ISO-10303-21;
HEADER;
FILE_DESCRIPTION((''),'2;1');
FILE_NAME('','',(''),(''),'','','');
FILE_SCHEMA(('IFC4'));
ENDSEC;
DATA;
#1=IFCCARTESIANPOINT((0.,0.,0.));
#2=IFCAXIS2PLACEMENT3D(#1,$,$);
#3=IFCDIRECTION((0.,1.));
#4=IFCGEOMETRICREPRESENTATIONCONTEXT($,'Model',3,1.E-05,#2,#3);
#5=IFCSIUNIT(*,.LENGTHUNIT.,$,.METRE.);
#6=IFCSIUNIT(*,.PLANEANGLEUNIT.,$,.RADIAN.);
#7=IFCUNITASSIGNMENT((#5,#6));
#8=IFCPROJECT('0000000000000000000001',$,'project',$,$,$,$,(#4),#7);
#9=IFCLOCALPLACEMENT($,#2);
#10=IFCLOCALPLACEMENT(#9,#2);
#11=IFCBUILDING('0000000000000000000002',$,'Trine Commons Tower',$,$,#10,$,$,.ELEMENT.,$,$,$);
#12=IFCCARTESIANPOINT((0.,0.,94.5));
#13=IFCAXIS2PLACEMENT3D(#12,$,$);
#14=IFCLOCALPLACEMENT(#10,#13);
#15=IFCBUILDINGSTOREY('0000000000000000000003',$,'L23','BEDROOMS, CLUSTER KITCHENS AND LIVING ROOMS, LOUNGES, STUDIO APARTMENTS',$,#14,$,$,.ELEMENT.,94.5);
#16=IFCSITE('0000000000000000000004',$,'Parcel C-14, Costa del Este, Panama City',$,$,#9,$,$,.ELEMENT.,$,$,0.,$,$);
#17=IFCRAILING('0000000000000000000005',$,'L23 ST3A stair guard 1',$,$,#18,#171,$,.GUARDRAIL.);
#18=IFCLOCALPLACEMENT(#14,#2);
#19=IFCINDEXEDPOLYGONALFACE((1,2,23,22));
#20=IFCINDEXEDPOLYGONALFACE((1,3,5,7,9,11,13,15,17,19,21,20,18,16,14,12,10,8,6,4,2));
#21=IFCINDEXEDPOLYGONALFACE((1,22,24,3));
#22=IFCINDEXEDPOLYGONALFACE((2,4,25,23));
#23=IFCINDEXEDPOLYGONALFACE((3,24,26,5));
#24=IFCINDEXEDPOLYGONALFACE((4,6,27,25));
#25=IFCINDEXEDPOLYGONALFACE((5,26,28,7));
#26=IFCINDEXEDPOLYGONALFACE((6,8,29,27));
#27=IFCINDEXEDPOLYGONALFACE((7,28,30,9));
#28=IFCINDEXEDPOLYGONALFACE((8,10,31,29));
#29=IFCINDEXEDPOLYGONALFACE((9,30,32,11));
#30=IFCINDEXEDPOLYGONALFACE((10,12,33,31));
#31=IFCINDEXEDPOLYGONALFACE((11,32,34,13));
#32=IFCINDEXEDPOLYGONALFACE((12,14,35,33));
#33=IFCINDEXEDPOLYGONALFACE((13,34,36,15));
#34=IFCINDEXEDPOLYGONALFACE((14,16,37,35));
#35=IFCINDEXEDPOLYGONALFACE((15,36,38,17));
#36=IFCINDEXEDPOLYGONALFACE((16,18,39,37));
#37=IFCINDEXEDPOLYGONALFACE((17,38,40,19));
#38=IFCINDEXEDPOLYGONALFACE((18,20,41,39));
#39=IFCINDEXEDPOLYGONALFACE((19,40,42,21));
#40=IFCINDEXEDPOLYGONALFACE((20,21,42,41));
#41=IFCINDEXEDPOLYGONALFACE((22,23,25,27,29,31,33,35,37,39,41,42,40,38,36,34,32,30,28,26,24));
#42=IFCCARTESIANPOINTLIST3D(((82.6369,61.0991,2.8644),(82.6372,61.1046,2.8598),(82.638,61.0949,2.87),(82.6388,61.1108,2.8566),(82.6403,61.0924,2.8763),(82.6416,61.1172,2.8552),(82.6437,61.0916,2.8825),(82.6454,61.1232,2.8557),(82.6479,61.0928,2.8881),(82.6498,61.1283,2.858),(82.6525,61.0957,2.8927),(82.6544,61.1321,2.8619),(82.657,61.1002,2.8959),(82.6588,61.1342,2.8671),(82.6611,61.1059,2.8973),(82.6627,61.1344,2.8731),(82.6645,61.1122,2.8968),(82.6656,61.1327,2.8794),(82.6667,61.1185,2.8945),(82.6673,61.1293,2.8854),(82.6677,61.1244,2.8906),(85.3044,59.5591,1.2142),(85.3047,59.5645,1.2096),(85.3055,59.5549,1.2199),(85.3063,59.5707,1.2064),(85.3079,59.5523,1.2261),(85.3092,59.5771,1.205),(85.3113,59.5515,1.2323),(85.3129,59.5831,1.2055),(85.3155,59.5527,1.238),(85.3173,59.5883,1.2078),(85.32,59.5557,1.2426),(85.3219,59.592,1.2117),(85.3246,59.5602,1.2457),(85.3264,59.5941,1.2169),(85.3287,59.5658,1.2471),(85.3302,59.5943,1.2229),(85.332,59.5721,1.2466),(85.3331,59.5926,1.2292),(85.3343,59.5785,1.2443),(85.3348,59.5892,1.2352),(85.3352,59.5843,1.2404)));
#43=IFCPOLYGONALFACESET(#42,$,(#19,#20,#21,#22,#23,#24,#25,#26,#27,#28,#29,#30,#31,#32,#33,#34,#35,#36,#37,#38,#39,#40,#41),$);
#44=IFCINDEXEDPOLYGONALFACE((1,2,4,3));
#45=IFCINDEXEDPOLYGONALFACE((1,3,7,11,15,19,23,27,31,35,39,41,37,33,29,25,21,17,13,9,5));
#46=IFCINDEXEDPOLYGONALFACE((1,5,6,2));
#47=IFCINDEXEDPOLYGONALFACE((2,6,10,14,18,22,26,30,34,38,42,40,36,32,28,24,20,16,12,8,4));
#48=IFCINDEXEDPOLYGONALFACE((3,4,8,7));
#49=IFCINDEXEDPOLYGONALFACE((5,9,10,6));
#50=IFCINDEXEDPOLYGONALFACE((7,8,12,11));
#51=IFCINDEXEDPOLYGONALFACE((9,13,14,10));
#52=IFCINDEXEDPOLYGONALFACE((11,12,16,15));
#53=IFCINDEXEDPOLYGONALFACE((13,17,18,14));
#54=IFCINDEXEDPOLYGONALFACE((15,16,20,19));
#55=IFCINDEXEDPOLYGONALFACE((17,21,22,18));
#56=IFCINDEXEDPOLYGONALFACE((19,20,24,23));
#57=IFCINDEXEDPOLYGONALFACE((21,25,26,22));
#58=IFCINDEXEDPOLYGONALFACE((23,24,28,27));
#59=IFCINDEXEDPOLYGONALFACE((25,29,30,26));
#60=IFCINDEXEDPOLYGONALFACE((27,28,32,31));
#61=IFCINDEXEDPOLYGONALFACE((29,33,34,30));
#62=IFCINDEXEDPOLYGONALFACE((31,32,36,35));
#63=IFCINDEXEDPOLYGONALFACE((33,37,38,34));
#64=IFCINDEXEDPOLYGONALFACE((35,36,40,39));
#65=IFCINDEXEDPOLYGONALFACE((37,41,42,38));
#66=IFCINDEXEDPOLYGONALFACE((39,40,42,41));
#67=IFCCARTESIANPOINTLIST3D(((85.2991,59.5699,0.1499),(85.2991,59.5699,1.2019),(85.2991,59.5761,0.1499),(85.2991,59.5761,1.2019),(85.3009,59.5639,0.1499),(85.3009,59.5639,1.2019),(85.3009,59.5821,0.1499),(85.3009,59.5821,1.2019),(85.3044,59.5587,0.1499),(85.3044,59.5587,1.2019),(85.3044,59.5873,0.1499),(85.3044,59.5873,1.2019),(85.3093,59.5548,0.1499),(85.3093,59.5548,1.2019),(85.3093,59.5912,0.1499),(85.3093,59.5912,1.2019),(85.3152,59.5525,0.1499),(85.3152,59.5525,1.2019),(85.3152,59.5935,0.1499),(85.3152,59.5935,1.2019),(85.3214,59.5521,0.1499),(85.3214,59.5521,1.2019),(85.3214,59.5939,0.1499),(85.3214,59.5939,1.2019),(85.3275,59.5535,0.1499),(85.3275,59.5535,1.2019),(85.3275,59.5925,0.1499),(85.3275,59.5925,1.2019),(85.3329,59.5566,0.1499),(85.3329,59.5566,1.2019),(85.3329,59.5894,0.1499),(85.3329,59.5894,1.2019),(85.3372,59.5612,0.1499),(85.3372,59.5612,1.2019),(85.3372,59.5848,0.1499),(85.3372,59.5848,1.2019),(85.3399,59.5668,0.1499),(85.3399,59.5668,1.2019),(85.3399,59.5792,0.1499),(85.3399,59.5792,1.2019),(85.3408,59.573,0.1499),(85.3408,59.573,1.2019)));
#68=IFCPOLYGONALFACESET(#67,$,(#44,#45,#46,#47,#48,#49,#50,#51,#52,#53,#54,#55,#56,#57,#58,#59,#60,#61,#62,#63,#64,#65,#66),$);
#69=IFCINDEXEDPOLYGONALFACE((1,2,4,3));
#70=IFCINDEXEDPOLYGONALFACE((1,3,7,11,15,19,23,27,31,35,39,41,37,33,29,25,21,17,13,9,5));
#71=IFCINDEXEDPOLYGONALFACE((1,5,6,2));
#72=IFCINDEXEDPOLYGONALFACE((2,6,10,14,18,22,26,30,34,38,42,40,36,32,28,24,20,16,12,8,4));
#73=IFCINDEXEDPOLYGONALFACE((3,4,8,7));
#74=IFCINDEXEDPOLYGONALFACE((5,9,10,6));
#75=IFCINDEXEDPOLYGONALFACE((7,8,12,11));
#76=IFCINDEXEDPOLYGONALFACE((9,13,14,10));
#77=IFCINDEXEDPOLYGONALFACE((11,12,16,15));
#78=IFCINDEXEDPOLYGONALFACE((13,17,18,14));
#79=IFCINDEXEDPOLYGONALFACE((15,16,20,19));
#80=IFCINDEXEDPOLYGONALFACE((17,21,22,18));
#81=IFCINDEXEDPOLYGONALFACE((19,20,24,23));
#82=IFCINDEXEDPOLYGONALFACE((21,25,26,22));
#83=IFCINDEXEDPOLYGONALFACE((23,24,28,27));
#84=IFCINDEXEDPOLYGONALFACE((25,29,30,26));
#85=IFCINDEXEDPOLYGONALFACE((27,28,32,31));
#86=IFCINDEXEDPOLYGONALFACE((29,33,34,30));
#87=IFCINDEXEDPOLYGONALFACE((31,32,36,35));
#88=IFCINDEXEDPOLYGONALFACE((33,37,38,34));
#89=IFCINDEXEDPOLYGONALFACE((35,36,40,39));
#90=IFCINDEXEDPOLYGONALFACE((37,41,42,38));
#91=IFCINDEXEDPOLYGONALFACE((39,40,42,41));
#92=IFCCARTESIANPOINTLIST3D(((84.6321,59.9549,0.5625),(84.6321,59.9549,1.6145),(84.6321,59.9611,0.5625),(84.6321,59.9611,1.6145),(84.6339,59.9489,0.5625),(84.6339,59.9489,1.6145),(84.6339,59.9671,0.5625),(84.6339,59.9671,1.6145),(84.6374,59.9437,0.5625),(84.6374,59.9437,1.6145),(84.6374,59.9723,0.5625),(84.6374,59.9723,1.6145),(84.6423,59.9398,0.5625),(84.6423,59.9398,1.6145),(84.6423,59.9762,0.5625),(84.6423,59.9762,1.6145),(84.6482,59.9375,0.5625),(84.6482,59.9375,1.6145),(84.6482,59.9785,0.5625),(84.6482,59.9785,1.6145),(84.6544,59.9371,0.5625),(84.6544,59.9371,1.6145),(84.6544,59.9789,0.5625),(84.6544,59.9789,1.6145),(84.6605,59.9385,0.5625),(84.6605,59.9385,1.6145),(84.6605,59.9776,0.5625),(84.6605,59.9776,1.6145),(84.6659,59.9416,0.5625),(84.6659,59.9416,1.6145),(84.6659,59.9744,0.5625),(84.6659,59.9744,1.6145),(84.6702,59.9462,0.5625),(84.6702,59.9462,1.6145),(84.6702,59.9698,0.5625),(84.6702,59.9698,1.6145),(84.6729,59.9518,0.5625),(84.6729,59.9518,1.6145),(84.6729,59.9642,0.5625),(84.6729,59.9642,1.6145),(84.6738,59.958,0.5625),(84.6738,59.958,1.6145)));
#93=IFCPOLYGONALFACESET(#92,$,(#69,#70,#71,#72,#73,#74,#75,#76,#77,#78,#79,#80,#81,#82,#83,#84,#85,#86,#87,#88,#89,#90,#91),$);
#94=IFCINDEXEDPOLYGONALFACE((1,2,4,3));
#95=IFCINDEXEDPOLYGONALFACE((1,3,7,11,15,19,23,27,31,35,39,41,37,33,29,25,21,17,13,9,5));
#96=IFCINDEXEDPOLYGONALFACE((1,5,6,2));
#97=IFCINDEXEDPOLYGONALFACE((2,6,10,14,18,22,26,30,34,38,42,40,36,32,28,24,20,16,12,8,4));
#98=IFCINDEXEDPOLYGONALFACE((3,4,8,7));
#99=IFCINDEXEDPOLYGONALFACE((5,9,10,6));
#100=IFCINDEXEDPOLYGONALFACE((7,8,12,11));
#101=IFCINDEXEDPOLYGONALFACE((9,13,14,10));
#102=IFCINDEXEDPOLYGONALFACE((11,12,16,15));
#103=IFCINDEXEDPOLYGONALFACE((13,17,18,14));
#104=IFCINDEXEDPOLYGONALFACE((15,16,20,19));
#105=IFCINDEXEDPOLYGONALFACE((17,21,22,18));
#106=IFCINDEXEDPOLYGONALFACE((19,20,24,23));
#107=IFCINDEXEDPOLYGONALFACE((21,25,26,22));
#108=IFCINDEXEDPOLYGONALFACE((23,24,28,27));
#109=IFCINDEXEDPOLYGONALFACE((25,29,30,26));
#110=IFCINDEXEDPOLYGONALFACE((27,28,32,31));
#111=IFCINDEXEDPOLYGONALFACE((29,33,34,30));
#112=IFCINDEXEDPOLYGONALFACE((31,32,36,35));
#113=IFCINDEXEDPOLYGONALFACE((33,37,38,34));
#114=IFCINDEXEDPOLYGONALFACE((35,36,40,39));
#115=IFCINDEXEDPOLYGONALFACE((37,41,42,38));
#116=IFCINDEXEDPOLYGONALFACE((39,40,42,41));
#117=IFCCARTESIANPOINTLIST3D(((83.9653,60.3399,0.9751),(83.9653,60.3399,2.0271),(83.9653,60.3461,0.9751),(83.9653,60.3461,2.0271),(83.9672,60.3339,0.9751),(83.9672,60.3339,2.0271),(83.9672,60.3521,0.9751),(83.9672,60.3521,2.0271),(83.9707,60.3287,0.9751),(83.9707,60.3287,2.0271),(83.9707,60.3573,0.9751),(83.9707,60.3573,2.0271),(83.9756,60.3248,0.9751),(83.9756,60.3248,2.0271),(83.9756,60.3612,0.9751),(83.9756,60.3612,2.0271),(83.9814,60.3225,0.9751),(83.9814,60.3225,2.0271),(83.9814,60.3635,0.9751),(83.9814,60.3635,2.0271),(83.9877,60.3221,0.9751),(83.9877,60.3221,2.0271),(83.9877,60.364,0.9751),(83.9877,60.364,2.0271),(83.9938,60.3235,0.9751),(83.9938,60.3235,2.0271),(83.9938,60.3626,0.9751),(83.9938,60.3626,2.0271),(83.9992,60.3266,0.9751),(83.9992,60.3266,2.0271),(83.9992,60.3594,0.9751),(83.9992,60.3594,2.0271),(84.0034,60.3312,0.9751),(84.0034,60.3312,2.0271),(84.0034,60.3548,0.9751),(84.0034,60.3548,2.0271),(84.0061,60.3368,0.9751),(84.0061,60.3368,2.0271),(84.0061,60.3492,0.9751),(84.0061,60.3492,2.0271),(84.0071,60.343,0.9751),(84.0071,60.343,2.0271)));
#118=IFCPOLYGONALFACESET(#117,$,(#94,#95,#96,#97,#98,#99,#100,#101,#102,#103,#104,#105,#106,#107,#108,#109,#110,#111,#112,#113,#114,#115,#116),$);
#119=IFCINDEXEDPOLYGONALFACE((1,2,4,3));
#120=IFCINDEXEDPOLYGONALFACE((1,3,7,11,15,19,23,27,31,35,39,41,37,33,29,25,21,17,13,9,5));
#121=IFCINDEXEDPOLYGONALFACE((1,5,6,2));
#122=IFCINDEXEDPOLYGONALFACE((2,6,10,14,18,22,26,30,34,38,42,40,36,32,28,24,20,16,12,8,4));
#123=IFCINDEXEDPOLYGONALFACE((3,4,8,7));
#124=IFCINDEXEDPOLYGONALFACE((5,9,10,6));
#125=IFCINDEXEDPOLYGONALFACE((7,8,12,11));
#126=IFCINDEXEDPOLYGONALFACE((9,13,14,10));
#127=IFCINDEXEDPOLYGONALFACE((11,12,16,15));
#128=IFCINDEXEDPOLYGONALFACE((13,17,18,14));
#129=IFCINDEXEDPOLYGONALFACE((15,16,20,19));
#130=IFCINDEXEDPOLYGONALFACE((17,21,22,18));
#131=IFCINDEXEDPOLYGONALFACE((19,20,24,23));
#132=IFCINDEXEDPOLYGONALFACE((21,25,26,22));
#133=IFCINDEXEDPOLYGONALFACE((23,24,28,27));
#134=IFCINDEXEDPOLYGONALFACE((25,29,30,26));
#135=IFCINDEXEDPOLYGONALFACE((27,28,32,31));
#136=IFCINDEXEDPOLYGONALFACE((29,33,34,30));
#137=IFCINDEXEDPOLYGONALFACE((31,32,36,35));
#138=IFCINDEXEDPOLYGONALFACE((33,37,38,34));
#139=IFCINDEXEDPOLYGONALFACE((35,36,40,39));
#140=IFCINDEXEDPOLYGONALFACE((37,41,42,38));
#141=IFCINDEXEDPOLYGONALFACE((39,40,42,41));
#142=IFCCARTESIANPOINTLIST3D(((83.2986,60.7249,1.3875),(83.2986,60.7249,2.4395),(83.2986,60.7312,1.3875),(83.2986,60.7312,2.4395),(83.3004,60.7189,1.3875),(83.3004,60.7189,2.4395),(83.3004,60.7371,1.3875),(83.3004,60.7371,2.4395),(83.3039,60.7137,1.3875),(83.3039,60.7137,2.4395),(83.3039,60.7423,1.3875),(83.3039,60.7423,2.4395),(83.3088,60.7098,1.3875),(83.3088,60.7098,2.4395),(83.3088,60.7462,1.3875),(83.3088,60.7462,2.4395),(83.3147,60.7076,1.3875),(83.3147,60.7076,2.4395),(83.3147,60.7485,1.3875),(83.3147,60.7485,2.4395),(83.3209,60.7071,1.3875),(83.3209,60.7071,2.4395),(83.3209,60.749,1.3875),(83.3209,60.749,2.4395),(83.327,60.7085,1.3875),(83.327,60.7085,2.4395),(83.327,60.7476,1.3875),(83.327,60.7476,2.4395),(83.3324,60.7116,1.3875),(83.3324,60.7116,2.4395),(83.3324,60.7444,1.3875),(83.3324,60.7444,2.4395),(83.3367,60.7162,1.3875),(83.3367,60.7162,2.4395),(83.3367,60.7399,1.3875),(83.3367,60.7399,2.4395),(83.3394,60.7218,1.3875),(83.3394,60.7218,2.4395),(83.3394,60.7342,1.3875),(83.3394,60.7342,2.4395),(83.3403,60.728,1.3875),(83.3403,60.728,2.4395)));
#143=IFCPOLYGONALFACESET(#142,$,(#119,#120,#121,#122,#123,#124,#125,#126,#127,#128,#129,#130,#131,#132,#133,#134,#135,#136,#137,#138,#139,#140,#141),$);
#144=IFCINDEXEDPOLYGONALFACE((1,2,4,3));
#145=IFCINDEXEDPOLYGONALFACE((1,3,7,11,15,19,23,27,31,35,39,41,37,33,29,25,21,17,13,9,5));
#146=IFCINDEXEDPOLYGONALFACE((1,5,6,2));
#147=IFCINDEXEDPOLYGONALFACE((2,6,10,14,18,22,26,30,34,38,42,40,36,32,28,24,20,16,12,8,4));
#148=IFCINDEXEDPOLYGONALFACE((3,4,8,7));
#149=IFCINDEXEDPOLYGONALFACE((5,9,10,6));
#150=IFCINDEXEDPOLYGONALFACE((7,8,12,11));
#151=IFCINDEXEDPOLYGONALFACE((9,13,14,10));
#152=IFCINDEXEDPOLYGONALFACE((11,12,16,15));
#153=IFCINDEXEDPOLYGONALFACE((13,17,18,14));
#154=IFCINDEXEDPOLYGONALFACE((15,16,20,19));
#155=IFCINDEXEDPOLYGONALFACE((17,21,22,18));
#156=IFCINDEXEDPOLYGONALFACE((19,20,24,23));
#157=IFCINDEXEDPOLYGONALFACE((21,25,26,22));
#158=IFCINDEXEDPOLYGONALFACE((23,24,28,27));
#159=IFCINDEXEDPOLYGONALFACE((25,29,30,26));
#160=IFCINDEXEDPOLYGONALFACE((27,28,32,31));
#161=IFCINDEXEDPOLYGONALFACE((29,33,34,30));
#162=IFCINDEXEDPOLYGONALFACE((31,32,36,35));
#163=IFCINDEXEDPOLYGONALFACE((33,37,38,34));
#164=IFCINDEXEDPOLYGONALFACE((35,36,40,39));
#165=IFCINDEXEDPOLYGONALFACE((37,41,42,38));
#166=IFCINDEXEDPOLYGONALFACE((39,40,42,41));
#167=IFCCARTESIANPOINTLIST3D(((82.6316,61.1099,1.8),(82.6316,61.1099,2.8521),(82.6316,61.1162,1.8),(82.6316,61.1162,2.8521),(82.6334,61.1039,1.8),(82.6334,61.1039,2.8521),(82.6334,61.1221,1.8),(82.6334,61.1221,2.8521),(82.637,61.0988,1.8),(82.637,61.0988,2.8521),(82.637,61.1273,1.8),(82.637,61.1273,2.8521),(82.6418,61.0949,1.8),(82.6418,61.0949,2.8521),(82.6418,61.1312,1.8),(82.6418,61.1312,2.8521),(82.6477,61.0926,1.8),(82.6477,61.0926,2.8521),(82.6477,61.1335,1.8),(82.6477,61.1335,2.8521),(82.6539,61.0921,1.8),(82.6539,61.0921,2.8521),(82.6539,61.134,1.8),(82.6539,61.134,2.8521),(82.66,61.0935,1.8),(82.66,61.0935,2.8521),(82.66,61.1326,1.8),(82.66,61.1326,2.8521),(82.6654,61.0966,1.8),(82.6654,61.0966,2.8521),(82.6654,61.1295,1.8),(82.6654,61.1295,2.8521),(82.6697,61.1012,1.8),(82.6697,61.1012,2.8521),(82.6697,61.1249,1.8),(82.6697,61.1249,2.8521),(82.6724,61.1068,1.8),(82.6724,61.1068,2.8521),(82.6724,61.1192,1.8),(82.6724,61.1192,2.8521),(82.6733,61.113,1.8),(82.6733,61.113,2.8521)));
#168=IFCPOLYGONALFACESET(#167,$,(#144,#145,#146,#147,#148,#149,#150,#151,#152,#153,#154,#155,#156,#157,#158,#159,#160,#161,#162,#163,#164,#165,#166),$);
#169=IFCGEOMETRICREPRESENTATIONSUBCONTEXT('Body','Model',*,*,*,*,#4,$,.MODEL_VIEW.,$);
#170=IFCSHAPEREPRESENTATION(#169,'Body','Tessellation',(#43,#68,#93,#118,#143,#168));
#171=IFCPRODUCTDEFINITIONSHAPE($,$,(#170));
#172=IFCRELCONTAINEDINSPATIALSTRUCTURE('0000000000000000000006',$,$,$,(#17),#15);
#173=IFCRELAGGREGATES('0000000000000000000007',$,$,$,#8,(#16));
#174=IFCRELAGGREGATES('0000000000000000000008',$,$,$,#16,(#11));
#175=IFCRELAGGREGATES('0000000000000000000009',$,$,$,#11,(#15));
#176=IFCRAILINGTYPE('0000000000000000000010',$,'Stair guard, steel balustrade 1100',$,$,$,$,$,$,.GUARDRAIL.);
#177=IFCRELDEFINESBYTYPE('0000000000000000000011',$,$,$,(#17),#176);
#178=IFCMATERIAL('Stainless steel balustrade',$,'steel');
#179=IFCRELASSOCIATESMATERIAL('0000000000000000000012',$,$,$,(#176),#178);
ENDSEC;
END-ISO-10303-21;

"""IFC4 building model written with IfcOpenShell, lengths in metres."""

from ifc_helpers import new_model, si_unit, direction, frame, origin, origin_2d, place, context, subcontext, project, spatial, circle, extrude, material, type_object, element, save


model = new_model("IFC4")

# Units and contexts
model_context = context("Model", 3, precision=1e-05, world=origin(), true_north=direction((0.0, 1.0)))
body_context = subcontext(model_context, "Body", "Model", "MODEL_VIEW")
ifc_project = project(units=[si_unit("LENGTHUNIT", "METRE"), si_unit("PLANEANGLEUNIT", "RADIAN")], contexts=[model_context])

# Site, building, storey
site_placement = place(None, origin())
site = spatial("IfcSite", under=ifc_project, at=site_placement, Name="Parcel C-14, Costa del Este, Panama City", CompositionType="ELEMENT", RefElevation=0.0)
building_placement = place(site_placement, origin())
building = spatial("IfcBuilding", under=site, at=building_placement, Name="Trine Commons Tower", CompositionType="ELEMENT")
storey_placement = place(building_placement, frame((0.0, 0.0, 94.5)))
storey = spatial("IfcBuildingStorey", under=building, at=storey_placement, Name="L23", Description="BEDROOMS, CLUSTER KITCHENS AND LIVING ROOMS, LOUNGES, STUDIO APARTMENTS", CompositionType="ELEMENT", Elevation=94.5)

# Railing
ifc_material_1 = material(Name="Stainless steel balustrade", Category="steel")
railing_type_1 = type_object("IfcRailingType", Name="Stair guard, steel balustrade 1100", PredefinedType="GUARDRAIL", material=ifc_material_1)
railing_1_placement = place(storey_placement, frame((85.3198, 59.573, 0.1499)))
element("IfcRailing", 1, at=railing_1_placement, inside=storey, type_object=railing_type_1, Name="L23 ST3A stair guard 1", PredefinedType="GUARDRAIL", context=body_context, shape_type="SweptSolid", body=[
    extrude(circle(Radius=0.0239, at=origin_2d()), frame((0.0, 0.0, 1.0762), z_axis=(-0.76338, 0.440728, 0.472239), x_axis=(-0.499992, -0.86603, 0.0)), (0.0, 0.0, 1.0), 3.4944),
    extrude(circle(Radius=0.021, at=origin_2d()), origin(), (0.0, 0.0, 1.0), 1.052),
    extrude(circle(Radius=0.021, at=origin_2d()), frame((-0.667, 0.385, 0.4126)), (0.0, 0.0, 1.0), 1.052),
    extrude(circle(Radius=0.021, at=origin_2d()), frame((-1.3337, 0.77, 0.8252)), (0.0, 0.0, 1.0), 1.052),
    extrude(circle(Radius=0.021, at=origin_2d()), frame((-2.0005, 1.155, 1.2375)), (0.0, 0.0, 1.0), 1.052),
    extrude(circle(Radius=0.021, at=origin_2d()), frame((-2.6675, 1.54, 1.6501)), (0.0, 0.0, 1.0), 1.052),
])

save(model, "model.ifc")
